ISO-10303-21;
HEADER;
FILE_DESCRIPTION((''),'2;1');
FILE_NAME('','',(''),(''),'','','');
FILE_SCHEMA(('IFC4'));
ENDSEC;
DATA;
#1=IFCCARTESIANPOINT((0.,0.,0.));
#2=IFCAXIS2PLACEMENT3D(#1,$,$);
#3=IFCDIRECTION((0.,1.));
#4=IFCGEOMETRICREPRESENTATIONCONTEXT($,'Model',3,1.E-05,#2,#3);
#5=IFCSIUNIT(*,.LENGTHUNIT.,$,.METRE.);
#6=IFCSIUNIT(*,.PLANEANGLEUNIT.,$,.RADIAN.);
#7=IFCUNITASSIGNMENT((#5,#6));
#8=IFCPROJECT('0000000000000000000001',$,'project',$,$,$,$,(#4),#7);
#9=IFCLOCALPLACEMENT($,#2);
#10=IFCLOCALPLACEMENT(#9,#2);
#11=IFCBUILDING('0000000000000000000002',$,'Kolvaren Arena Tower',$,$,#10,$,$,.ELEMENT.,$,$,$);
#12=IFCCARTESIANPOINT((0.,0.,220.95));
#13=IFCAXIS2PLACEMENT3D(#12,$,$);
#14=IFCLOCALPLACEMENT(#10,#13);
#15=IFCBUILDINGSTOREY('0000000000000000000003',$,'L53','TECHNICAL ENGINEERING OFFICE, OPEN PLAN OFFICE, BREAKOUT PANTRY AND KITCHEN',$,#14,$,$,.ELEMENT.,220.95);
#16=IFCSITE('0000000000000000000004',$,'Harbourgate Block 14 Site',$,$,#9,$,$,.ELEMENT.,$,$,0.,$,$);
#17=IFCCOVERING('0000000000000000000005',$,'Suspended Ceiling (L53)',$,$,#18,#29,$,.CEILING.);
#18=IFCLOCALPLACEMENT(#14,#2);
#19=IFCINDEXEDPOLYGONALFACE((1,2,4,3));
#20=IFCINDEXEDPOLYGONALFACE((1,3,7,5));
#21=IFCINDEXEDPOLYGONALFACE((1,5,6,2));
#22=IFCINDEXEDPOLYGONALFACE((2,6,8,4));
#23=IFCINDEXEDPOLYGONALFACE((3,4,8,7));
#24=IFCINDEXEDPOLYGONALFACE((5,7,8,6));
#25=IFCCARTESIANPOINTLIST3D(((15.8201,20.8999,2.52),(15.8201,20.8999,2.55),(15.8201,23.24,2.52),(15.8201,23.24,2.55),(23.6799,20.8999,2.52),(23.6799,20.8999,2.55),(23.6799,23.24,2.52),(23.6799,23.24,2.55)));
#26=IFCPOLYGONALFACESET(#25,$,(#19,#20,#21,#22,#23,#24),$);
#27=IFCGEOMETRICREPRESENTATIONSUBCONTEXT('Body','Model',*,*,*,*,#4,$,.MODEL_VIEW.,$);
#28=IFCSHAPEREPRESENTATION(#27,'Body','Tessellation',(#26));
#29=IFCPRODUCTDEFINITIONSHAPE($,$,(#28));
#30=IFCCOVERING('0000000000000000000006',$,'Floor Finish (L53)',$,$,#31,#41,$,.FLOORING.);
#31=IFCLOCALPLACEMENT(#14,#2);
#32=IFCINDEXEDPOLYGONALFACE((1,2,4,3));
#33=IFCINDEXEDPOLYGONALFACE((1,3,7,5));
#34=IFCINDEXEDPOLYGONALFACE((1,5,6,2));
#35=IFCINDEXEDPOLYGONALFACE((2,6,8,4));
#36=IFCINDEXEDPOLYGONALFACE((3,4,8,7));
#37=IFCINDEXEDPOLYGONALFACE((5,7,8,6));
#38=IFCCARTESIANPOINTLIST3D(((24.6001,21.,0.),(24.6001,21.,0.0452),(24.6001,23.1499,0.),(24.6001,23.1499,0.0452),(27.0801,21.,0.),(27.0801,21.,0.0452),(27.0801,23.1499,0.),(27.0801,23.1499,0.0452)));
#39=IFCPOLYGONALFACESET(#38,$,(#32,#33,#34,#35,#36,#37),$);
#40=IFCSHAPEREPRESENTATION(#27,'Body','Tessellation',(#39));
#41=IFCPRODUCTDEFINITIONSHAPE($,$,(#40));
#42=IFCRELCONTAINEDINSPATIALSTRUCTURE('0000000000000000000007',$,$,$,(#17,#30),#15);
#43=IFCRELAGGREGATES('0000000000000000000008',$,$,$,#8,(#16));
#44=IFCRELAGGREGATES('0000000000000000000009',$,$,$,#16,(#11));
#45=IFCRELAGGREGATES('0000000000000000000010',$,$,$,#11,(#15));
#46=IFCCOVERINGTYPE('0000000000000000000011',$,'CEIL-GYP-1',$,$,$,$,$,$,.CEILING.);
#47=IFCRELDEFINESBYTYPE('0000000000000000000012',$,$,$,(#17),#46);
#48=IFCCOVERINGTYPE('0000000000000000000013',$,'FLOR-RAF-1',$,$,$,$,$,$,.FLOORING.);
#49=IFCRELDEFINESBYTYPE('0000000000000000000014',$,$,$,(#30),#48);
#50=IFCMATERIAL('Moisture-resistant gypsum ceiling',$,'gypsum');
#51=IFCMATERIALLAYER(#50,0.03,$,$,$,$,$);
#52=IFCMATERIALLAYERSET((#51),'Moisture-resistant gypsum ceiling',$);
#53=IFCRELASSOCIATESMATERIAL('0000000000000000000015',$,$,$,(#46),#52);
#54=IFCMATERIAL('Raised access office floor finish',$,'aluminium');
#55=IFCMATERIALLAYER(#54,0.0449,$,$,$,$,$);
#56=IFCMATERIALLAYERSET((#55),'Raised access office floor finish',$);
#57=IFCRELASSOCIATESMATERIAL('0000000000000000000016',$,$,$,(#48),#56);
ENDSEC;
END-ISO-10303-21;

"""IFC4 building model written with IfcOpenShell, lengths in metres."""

from ifc_helpers import new_model, si_unit, direction, frame, origin, place, context, subcontext, project, spatial, polyline, outline, extrude, material, layer, layer_set, type_object, element, save


model = new_model("IFC4")

# Units and contexts
model_context = context("Model", 3, precision=1e-05, world=origin(), true_north=direction((0.0, 1.0)))
body_context = subcontext(model_context, "Body", "Model", "MODEL_VIEW")
ifc_project = project(units=[si_unit("LENGTHUNIT", "METRE"), si_unit("PLANEANGLEUNIT", "RADIAN")], contexts=[model_context])

# Site, building, storey
site_placement = place(None, origin())
site = spatial("IfcSite", under=ifc_project, at=site_placement, Name="Harbourgate Block 14 Site", CompositionType="ELEMENT", RefElevation=0.0)
building_placement = place(site_placement, origin())
building = spatial("IfcBuilding", under=site, at=building_placement, Name="Kolvaren Arena Tower", CompositionType="ELEMENT")
storey_placement = place(building_placement, frame((0.0, 0.0, 220.95)))
storey = spatial("IfcBuildingStorey", under=building, at=storey_placement, Name="L53", Description="TECHNICAL ENGINEERING OFFICE, OPEN PLAN OFFICE, BREAKOUT PANTRY AND KITCHEN", CompositionType="ELEMENT", Elevation=220.95)

# Coverings
ifc_material_1 = material(Name="Moisture-resistant gypsum ceiling", Category="gypsum")
ifc_layer_1 = layer(ifc_material_1, 0.03)
ifc_layer_set_1 = layer_set([ifc_layer_1], Name="Moisture-resistant gypsum ceiling")
covering_type_1 = type_object("IfcCoveringType", Name="CEIL-GYP-1", PredefinedType="CEILING", material=ifc_layer_set_1)
covering_1_placement = place(storey_placement, frame((0.0, 0.0, 2.52)))
element("IfcCovering", 1, at=covering_1_placement, inside=storey, type_object=covering_type_1, Name="Suspended Ceiling (L53)", PredefinedType="CEILING", context=body_context, shape_type="SweptSolid", body=[
    extrude(outline(polyline([(15.8201, 20.8999), (15.8201, 23.24), (23.6799, 23.24), (23.6799, 20.8999), (15.8201, 20.8999)])), origin(), (0.0, 0.0, 1.0), 0.03),
])
ifc_material_2 = material(Name="Raised access office floor finish", Category="aluminium")
ifc_layer_2 = layer(ifc_material_2, 0.0449)
ifc_layer_set_2 = layer_set([ifc_layer_2], Name="Raised access office floor finish")
covering_type_2 = type_object("IfcCoveringType", Name="FLOR-RAF-1", PredefinedType="FLOORING", material=ifc_layer_set_2)
covering_2_placement = place(storey_placement, origin())
element("IfcCovering", 2, at=covering_2_placement, inside=storey, type_object=covering_type_2, Name="Floor Finish (L53)", PredefinedType="FLOORING", context=body_context, shape_type="SweptSolid", body=[
    extrude(outline(polyline([(24.6001, 21.0), (24.6001, 23.1499), (27.0801, 23.1499), (27.0801, 21.0), (24.6001, 21.0)])), origin(), (0.0, 0.0, 1.0), 0.0452),
])

save(model, "model.ifc")
